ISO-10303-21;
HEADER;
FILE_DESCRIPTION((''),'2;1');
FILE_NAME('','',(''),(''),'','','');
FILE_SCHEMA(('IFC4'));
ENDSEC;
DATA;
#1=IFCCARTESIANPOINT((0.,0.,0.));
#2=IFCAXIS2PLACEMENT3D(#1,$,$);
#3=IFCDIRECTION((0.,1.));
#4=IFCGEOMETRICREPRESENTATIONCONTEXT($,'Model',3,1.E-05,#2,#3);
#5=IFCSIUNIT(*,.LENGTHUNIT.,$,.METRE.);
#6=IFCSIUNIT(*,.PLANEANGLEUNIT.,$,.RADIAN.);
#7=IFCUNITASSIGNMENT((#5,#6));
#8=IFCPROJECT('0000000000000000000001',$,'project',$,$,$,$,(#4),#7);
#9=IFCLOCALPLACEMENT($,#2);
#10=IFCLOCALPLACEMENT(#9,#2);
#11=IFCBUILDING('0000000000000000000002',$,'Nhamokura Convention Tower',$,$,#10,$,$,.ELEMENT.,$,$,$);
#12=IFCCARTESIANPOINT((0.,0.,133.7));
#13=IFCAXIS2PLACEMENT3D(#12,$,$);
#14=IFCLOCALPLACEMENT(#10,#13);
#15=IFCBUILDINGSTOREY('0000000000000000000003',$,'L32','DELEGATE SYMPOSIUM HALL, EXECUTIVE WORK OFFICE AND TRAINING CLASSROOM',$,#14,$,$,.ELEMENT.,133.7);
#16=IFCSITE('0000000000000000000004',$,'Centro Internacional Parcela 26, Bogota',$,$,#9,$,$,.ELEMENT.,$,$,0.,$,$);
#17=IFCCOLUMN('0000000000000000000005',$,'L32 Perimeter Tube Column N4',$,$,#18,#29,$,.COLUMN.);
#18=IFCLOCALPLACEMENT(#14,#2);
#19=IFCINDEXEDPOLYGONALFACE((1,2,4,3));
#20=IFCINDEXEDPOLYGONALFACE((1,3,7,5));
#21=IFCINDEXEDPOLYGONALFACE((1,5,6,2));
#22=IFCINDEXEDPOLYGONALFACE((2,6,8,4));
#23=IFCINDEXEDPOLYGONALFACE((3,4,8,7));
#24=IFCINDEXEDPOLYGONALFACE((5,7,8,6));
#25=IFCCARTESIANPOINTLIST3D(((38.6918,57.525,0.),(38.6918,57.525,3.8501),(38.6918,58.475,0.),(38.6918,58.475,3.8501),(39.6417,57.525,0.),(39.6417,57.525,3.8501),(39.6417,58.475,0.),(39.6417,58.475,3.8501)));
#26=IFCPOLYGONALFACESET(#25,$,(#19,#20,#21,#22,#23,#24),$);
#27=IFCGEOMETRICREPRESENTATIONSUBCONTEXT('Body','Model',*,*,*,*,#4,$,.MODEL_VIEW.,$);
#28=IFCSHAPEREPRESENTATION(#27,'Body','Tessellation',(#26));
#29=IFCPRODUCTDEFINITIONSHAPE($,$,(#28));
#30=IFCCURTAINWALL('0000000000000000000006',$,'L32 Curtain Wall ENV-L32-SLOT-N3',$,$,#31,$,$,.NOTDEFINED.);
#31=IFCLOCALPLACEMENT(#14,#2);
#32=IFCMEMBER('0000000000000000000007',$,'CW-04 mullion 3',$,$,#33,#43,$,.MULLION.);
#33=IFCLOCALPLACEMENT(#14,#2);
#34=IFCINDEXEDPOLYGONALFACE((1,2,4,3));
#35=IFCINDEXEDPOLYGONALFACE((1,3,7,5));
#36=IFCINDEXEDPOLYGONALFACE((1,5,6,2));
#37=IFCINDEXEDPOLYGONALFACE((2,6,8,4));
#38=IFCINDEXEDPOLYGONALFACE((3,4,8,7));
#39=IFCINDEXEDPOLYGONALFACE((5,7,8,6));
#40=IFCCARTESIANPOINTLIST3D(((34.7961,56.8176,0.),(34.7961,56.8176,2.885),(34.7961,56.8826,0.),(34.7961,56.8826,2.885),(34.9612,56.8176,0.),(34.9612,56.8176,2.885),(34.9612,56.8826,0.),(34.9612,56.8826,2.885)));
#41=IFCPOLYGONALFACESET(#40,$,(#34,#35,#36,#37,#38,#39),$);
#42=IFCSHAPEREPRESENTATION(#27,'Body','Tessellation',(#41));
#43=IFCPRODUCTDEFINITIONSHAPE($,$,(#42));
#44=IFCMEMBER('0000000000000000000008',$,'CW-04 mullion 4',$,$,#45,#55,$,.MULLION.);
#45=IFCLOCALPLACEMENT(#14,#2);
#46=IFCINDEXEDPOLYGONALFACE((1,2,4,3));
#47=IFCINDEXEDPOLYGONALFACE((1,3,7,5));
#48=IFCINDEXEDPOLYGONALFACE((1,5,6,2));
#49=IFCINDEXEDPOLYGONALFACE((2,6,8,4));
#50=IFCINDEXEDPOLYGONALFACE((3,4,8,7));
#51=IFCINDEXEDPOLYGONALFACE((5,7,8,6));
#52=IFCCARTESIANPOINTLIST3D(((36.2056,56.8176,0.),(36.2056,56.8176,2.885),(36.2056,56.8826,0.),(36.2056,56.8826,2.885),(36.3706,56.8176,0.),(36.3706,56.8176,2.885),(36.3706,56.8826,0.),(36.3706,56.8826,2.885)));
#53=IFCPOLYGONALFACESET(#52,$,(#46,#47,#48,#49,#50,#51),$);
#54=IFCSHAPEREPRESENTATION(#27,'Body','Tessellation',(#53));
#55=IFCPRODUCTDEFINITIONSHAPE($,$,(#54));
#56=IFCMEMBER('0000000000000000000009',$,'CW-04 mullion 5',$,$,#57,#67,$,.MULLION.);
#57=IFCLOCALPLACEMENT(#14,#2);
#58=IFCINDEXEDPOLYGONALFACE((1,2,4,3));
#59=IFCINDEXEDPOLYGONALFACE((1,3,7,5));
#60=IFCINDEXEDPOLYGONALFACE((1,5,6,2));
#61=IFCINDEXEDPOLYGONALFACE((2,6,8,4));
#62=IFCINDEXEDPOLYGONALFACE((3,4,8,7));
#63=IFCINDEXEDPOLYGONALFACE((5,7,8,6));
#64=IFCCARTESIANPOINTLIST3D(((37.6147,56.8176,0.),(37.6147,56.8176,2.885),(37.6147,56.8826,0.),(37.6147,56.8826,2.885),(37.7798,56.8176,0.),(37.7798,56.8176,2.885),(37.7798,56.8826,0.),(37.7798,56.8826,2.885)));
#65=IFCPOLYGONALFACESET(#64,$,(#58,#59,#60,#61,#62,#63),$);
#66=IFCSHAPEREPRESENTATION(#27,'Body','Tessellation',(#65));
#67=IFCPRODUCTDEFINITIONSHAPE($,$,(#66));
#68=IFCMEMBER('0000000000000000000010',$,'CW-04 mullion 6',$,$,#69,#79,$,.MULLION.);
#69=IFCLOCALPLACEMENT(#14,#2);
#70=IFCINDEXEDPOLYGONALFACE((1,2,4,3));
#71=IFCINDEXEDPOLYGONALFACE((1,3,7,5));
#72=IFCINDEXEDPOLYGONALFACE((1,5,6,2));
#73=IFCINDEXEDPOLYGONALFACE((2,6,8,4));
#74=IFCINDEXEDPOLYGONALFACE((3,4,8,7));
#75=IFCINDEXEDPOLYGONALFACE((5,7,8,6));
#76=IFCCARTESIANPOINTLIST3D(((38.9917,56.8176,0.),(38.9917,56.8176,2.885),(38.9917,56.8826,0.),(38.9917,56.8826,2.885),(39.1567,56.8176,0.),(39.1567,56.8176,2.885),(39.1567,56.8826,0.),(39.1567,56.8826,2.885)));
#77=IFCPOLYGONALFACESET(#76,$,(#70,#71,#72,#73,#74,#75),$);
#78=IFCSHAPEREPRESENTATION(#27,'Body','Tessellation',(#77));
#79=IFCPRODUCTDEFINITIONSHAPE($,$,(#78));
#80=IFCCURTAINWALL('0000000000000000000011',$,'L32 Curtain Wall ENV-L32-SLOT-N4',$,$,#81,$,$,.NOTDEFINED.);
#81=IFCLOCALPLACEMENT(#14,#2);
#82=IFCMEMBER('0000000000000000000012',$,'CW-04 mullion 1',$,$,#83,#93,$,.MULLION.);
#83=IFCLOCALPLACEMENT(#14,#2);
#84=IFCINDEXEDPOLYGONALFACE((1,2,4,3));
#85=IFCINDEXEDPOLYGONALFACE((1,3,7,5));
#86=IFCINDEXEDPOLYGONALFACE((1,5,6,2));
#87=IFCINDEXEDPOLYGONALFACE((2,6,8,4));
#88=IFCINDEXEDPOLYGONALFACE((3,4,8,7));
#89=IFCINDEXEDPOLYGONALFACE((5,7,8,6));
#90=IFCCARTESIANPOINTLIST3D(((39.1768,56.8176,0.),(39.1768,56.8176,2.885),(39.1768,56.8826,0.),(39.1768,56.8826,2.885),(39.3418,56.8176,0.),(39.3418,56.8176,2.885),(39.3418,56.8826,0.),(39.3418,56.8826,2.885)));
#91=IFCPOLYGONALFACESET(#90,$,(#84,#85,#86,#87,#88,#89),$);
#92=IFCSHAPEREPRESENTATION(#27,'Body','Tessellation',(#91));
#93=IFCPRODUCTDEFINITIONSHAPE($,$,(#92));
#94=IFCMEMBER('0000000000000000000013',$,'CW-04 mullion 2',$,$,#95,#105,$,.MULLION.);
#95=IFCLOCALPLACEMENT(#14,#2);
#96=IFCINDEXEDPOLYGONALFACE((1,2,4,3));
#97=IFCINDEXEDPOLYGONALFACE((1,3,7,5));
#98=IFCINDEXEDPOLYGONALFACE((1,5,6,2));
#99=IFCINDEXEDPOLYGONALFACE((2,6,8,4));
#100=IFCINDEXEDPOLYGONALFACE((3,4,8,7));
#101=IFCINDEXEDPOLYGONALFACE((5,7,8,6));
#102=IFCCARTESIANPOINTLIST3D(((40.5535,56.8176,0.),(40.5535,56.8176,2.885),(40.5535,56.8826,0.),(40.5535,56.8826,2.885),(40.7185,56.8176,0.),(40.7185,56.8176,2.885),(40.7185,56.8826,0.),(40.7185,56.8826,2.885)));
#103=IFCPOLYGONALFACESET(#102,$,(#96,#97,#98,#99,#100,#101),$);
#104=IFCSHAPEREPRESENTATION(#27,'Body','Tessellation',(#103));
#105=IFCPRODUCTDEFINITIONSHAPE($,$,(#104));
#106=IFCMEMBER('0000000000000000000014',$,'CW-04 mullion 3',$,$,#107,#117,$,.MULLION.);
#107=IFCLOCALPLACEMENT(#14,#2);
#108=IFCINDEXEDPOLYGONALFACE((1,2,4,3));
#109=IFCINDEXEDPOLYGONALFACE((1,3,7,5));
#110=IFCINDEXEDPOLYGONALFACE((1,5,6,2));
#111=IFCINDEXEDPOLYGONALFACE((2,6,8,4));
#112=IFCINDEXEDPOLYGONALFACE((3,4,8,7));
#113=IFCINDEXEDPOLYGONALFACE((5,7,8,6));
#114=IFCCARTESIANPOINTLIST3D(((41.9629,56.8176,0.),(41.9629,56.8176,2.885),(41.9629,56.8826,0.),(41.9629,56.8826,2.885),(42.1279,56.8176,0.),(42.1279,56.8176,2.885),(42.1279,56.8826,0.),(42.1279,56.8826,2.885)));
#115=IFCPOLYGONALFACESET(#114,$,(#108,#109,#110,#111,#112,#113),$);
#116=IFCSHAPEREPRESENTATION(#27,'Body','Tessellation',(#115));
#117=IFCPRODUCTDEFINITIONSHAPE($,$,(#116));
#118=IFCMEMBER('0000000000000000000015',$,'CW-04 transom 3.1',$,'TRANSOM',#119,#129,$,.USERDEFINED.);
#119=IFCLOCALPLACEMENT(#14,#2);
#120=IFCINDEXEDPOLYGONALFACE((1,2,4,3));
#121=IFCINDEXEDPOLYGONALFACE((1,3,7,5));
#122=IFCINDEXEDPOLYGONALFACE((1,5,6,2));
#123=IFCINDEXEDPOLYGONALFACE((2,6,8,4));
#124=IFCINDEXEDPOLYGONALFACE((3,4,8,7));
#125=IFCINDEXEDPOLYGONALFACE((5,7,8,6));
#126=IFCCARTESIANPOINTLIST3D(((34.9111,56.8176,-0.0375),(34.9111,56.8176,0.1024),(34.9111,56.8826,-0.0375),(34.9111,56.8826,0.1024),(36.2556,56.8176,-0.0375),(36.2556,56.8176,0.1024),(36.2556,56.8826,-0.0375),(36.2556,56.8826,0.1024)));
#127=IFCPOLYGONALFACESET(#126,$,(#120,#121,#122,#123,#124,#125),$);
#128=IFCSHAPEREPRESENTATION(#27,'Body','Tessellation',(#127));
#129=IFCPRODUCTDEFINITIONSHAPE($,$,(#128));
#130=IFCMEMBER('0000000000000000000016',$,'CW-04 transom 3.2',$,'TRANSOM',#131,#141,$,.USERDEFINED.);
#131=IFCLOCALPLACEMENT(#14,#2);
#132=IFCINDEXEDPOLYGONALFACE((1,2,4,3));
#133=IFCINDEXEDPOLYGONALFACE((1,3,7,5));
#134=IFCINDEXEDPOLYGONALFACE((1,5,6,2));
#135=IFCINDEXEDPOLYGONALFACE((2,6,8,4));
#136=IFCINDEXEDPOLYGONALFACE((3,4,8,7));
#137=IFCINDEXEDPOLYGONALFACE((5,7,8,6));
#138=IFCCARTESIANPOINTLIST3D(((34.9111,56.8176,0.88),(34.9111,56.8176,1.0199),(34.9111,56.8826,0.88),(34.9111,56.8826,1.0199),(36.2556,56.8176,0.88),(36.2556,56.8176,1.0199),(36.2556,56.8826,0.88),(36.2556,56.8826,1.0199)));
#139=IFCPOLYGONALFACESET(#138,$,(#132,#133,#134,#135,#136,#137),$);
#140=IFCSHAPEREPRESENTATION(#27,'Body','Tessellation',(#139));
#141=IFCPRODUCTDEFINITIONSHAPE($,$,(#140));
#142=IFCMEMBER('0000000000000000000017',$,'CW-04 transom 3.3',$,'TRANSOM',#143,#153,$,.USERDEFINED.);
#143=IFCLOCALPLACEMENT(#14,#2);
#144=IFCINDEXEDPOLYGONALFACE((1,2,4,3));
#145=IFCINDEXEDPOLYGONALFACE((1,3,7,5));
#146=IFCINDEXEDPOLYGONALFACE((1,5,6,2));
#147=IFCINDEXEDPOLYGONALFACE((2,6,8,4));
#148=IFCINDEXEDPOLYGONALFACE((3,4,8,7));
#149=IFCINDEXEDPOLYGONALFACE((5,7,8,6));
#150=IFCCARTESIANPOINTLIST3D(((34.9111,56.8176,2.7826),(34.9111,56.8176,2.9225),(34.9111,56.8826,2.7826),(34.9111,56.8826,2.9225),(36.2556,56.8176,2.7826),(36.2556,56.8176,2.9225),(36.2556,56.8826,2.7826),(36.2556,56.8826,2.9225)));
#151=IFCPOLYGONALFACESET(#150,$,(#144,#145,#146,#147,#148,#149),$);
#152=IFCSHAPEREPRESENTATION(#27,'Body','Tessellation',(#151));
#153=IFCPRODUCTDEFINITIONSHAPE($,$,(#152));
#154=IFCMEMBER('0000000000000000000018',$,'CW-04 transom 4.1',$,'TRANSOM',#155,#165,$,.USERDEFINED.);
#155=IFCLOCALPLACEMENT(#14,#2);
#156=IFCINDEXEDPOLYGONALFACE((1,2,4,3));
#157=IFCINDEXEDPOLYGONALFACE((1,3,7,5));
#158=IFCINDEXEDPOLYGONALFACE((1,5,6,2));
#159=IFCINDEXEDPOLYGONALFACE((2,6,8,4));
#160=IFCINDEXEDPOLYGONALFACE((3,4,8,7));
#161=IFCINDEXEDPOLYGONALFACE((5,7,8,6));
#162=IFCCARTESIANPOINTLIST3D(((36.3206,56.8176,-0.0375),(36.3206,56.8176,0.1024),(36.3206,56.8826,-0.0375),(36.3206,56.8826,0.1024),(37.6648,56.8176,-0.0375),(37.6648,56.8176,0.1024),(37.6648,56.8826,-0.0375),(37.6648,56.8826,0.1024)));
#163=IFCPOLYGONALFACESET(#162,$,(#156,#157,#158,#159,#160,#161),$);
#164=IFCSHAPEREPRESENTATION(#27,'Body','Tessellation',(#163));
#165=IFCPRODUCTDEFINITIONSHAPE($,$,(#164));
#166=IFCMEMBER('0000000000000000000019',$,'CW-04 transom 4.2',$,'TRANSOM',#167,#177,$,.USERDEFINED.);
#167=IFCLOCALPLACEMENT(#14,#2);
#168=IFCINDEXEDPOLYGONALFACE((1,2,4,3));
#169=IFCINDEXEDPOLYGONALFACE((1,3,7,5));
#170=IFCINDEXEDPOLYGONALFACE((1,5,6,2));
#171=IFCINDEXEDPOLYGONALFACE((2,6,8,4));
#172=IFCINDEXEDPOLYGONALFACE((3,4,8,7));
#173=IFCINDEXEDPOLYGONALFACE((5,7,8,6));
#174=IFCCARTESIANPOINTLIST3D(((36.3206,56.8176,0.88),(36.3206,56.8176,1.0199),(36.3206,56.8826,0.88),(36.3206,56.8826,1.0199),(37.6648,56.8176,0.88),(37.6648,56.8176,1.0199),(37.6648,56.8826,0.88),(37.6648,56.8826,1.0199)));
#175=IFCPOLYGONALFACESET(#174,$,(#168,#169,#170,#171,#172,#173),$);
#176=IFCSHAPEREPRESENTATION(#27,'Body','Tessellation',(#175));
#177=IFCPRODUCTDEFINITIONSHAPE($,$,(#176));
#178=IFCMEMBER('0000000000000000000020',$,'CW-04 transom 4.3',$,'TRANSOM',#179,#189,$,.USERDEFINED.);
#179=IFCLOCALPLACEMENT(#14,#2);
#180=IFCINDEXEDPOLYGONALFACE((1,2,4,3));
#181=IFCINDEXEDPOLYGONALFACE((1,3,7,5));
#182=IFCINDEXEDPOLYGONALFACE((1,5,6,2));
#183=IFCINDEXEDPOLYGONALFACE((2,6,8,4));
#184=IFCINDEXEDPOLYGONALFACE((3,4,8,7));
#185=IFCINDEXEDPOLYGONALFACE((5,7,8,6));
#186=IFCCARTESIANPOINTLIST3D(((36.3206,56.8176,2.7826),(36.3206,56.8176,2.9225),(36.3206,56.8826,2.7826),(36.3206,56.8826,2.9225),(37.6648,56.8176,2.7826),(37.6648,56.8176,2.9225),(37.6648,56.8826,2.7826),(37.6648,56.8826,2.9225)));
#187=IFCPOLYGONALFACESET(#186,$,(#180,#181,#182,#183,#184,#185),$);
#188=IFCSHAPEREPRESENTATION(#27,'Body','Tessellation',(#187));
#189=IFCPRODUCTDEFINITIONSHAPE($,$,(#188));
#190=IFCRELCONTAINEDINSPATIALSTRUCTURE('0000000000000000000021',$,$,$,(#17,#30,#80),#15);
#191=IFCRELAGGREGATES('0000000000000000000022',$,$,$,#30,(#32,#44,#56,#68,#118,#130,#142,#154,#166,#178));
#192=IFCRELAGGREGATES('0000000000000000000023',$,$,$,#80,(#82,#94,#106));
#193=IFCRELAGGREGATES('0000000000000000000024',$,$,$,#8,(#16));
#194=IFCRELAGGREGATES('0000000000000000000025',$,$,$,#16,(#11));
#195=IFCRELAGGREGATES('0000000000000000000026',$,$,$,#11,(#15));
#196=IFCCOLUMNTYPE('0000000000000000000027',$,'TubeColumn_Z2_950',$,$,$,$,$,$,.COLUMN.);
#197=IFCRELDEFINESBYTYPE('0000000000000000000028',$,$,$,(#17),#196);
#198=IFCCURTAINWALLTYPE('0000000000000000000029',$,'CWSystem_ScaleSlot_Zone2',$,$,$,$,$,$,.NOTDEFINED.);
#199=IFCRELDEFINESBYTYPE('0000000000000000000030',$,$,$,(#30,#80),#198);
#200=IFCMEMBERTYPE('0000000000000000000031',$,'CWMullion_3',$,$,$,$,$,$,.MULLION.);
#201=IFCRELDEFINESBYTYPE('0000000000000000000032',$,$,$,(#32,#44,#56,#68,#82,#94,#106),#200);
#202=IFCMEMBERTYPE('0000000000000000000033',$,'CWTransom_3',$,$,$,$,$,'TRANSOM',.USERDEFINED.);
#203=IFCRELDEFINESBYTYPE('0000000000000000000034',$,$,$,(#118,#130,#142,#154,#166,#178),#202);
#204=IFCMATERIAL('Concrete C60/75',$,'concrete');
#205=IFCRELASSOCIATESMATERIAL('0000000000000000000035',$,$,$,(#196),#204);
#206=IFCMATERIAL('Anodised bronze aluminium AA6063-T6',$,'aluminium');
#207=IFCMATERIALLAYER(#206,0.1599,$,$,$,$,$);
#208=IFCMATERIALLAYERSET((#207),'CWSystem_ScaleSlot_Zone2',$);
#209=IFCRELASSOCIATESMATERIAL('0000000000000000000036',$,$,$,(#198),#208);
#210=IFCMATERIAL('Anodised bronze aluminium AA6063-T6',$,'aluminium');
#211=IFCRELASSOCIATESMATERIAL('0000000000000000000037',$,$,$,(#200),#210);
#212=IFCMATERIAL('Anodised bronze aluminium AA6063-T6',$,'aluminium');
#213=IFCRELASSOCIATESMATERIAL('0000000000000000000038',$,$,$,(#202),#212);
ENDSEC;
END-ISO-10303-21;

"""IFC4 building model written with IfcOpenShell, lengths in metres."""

from ifc_helpers import new_model, si_unit, direction, frame, origin, origin_2d, place, context, subcontext, project, spatial, rectangle, extrude, material, layer, layer_set, material_profile, profile_set, type_object, element, aggregate, save


model = new_model("IFC4")

# Units and contexts
model_context = context("Model", 3, precision=1e-05, world=origin(), true_north=direction((0.0, 1.0)))
body_context = subcontext(model_context, "Body", "Model", "MODEL_VIEW")
ifc_project = project(units=[si_unit("LENGTHUNIT", "METRE"), si_unit("PLANEANGLEUNIT", "RADIAN")], contexts=[model_context])

# Site, building, storey
site_placement = place(None, origin())
site = spatial("IfcSite", under=ifc_project, at=site_placement, Name="Centro Internacional Parcela 26, Bogota", CompositionType="ELEMENT", RefElevation=0.0)
building_placement = place(site_placement, origin())
building = spatial("IfcBuilding", under=site, at=building_placement, Name="Nhamokura Convention Tower", CompositionType="ELEMENT")
storey_placement = place(building_placement, frame((0.0, 0.0, 133.7)))
storey = spatial("IfcBuildingStorey", under=building, at=storey_placement, Name="L32", Description="DELEGATE SYMPOSIUM HALL, EXECUTIVE WORK OFFICE AND TRAINING CLASSROOM", CompositionType="ELEMENT", Elevation=133.7)

# Column
ifc_material_1 = material(Name="Concrete C60/75", Category="concrete")
ifc_material_profile_1 = material_profile(ifc_material_1, rectangle(XDim=0.95, YDim=0.95, at=origin_2d()))
ifc_profile_set_1 = profile_set([ifc_material_profile_1], Name="Concrete C60/75")
column_type = type_object("IfcColumnType", Name="TubeColumn_Z2_950", PredefinedType="COLUMN", material=ifc_profile_set_1)
column_placement = place(storey_placement, frame((39.1667, 58.0, 0.0), z_axis=(0.0, 0.0, 1.0), x_axis=(1.0, 0.0, 0.0)))
element("IfcColumn", 1, at=column_placement, inside=storey, type_object=column_type, Name="L32 Perimeter Tube Column N4", PredefinedType="COLUMN", context=body_context, shape_type="SweptSolid", body=[
    extrude(rectangle(XDim=0.95, YDim=0.95, at=origin_2d()), origin(), (0.0, 0.0, 1.0), 3.8501),
])

# Curtain walls, members
ifc_material_2 = material(Name="Anodised bronze aluminium AA6063-T6", Category="aluminium")
ifc_layer_1 = layer(ifc_material_2, 0.1599)
ifc_layer_set_1 = layer_set([ifc_layer_1], Name="CWSystem_ScaleSlot_Zone2")
curtain_wall_type = type_object("IfcCurtainWallType", Name="CWSystem_ScaleSlot_Zone2", PredefinedType="NOTDEFINED", material=ifc_layer_set_1)
curtain_wall_1_placement = place(storey_placement, origin())
curtain_wall_1 = element("IfcCurtainWall", 2, at=curtain_wall_1_placement, inside=storey, type_object=curtain_wall_type, Name="L32 Curtain Wall ENV-L32-SLOT-N3", PredefinedType="NOTDEFINED")
ifc_material_3 = material(Name="Anodised bronze aluminium AA6063-T6", Category="aluminium")
ifc_material_profile_2 = material_profile(ifc_material_3, rectangle(XDim=0.0649, YDim=0.165, at=origin_2d()))
ifc_profile_set_2 = profile_set([ifc_material_profile_2], Name="Anodised bronze aluminium AA6063-T6")
member_type_1 = type_object("IfcMemberType", Name="CWMullion_3", PredefinedType="MULLION", material=ifc_profile_set_2)
member_1_placement = place(storey_placement, frame((34.8787, 56.8501, 0.0), z_axis=(0.0, 0.0, 1.0), x_axis=(0.0, 1.0, 0.0)))
member_1 = element("IfcMember", 3, at=member_1_placement, type_object=member_type_1, Name="CW-04 mullion 3", PredefinedType="MULLION", context=body_context, shape_type="SweptSolid", body=[
    extrude(rectangle(XDim=0.0649, YDim=0.165, at=origin_2d()), origin(), (0.0, 0.0, 1.0), 2.885),
])
member_2_placement = place(storey_placement, frame((36.2881, 56.8501, 0.0), z_axis=(0.0, 0.0, 1.0), x_axis=(0.0, 1.0, 0.0)))
member_2 = element("IfcMember", 4, at=member_2_placement, type_object=member_type_1, Name="CW-04 mullion 4", PredefinedType="MULLION", context=body_context, shape_type="SweptSolid", body=[
    extrude(rectangle(XDim=0.0649, YDim=0.165, at=origin_2d()), origin(), (0.0, 0.0, 1.0), 2.885),
])
member_3_placement = place(storey_placement, frame((37.6973, 56.8501, 0.0), z_axis=(0.0, 0.0, 1.0), x_axis=(0.0, 1.0, 0.0)))
member_3 = element("IfcMember", 5, at=member_3_placement, type_object=member_type_1, Name="CW-04 mullion 5", PredefinedType="MULLION", context=body_context, shape_type="SweptSolid", body=[
    extrude(rectangle(XDim=0.0649, YDim=0.165, at=origin_2d()), origin(), (0.0, 0.0, 1.0), 2.885),
])
member_4_placement = place(storey_placement, frame((39.0742, 56.8501, 0.0), z_axis=(0.0, 0.0, 1.0), x_axis=(0.0, 1.0, 0.0)))
member_4 = element("IfcMember", 6, at=member_4_placement, type_object=member_type_1, Name="CW-04 mullion 6", PredefinedType="MULLION", context=body_context, shape_type="SweptSolid", body=[
    extrude(rectangle(XDim=0.0649, YDim=0.165, at=origin_2d()), origin(), (0.0, 0.0, 1.0), 2.885),
])
curtain_wall_2_placement = place(storey_placement, origin())
curtain_wall_2 = element("IfcCurtainWall", 7, at=curtain_wall_2_placement, inside=storey, type_object=curtain_wall_type, Name="L32 Curtain Wall ENV-L32-SLOT-N4", PredefinedType="NOTDEFINED")
member_5_placement = place(storey_placement, frame((39.2593, 56.8501, 0.0), z_axis=(0.0, 0.0, 1.0), x_axis=(0.0, 1.0, 0.0)))
member_5 = element("IfcMember", 8, at=member_5_placement, type_object=member_type_1, Name="CW-04 mullion 1", PredefinedType="MULLION", context=body_context, shape_type="SweptSolid", body=[
    extrude(rectangle(XDim=0.0649, YDim=0.165, at=origin_2d()), origin(), (0.0, 0.0, 1.0), 2.885),
])
member_6_placement = place(storey_placement, frame((40.636, 56.8501, 0.0), z_axis=(0.0, 0.0, 1.0), x_axis=(0.0, 1.0, 0.0)))
member_6 = element("IfcMember", 9, at=member_6_placement, type_object=member_type_1, Name="CW-04 mullion 2", PredefinedType="MULLION", context=body_context, shape_type="SweptSolid", body=[
    extrude(rectangle(XDim=0.0649, YDim=0.165, at=origin_2d()), origin(), (0.0, 0.0, 1.0), 2.885),
])
member_7_placement = place(storey_placement, frame((42.0454, 56.8501, 0.0), z_axis=(0.0, 0.0, 1.0), x_axis=(0.0, 1.0, 0.0)))
member_7 = element("IfcMember", 10, at=member_7_placement, type_object=member_type_1, Name="CW-04 mullion 3", PredefinedType="MULLION", context=body_context, shape_type="SweptSolid", body=[
    extrude(rectangle(XDim=0.0649, YDim=0.165, at=origin_2d()), origin(), (0.0, 0.0, 1.0), 2.885),
])

# Members
ifc_material_4 = material(Name="Anodised bronze aluminium AA6063-T6", Category="aluminium")
ifc_material_profile_3 = material_profile(ifc_material_4, rectangle(XDim=0.0649, YDim=0.1399, at=origin_2d()))
ifc_profile_set_3 = profile_set([ifc_material_profile_3], Name="Anodised bronze aluminium AA6063-T6")
member_type_2 = type_object("IfcMemberType", Name="CWTransom_3", ElementType="TRANSOM", PredefinedType="USERDEFINED", material=ifc_profile_set_3)
member_8_placement = place(storey_placement, frame((34.9111, 56.8501, 0.0325), z_axis=(1.0, 0.0, 0.0), x_axis=(0.0, 1.0, 0.0)))
member_8 = element("IfcMember", 11, at=member_8_placement, type_object=member_type_2, Name="CW-04 transom 3.1", ObjectType="TRANSOM", PredefinedType="USERDEFINED", context=body_context, shape_type="SweptSolid", body=[
    extrude(rectangle(XDim=0.0649, YDim=0.1399, at=origin_2d()), origin(), (0.0, 0.0, 1.0), 1.3445),
])
member_9_placement = place(storey_placement, frame((34.9111, 56.8501, 0.95), z_axis=(1.0, 0.0, 0.0), x_axis=(0.0, 1.0, 0.0)))
member_9 = element("IfcMember", 12, at=member_9_placement, type_object=member_type_2, Name="CW-04 transom 3.2", ObjectType="TRANSOM", PredefinedType="USERDEFINED", context=body_context, shape_type="SweptSolid", body=[
    extrude(rectangle(XDim=0.0649, YDim=0.1399, at=origin_2d()), origin(), (0.0, 0.0, 1.0), 1.3445),
])
member_10_placement = place(storey_placement, frame((34.9111, 56.8501, 2.8525), z_axis=(1.0, 0.0, 0.0), x_axis=(0.0, 1.0, 0.0)))
member_10 = element("IfcMember", 13, at=member_10_placement, type_object=member_type_2, Name="CW-04 transom 3.3", ObjectType="TRANSOM", PredefinedType="USERDEFINED", context=body_context, shape_type="SweptSolid", body=[
    extrude(rectangle(XDim=0.0649, YDim=0.1399, at=origin_2d()), origin(), (0.0, 0.0, 1.0), 1.3445),
])
member_11_placement = place(storey_placement, frame((36.3206, 56.8501, 0.0325), z_axis=(1.0, 0.0, 0.0), x_axis=(0.0, 1.0, 0.0)))
member_11 = element("IfcMember", 14, at=member_11_placement, type_object=member_type_2, Name="CW-04 transom 4.1", ObjectType="TRANSOM", PredefinedType="USERDEFINED", context=body_context, shape_type="SweptSolid", body=[
    extrude(rectangle(XDim=0.0649, YDim=0.1399, at=origin_2d()), origin(), (0.0, 0.0, 1.0), 1.3442),
])
member_12_placement = place(storey_placement, frame((36.3206, 56.8501, 0.95), z_axis=(1.0, 0.0, 0.0), x_axis=(0.0, 1.0, 0.0)))
member_12 = element("IfcMember", 15, at=member_12_placement, type_object=member_type_2, Name="CW-04 transom 4.2", ObjectType="TRANSOM", PredefinedType="USERDEFINED", context=body_context, shape_type="SweptSolid", body=[
    extrude(rectangle(XDim=0.0649, YDim=0.1399, at=origin_2d()), origin(), (0.0, 0.0, 1.0), 1.3442),
])
member_13_placement = place(storey_placement, frame((36.3206, 56.8501, 2.8525), z_axis=(1.0, 0.0, 0.0), x_axis=(0.0, 1.0, 0.0)))
member_13 = element("IfcMember", 16, at=member_13_placement, type_object=member_type_2, Name="CW-04 transom 4.3", ObjectType="TRANSOM", PredefinedType="USERDEFINED", context=body_context, shape_type="SweptSolid", body=[
    extrude(rectangle(XDim=0.0649, YDim=0.1399, at=origin_2d()), origin(), (0.0, 0.0, 1.0), 1.3442),
])

aggregate(curtain_wall_1, [member_1, member_2, member_3, member_4, member_8, member_9, member_10, member_11, member_12, member_13])
aggregate(curtain_wall_2, [member_5, member_6, member_7])

save(model, "model.ifc")
